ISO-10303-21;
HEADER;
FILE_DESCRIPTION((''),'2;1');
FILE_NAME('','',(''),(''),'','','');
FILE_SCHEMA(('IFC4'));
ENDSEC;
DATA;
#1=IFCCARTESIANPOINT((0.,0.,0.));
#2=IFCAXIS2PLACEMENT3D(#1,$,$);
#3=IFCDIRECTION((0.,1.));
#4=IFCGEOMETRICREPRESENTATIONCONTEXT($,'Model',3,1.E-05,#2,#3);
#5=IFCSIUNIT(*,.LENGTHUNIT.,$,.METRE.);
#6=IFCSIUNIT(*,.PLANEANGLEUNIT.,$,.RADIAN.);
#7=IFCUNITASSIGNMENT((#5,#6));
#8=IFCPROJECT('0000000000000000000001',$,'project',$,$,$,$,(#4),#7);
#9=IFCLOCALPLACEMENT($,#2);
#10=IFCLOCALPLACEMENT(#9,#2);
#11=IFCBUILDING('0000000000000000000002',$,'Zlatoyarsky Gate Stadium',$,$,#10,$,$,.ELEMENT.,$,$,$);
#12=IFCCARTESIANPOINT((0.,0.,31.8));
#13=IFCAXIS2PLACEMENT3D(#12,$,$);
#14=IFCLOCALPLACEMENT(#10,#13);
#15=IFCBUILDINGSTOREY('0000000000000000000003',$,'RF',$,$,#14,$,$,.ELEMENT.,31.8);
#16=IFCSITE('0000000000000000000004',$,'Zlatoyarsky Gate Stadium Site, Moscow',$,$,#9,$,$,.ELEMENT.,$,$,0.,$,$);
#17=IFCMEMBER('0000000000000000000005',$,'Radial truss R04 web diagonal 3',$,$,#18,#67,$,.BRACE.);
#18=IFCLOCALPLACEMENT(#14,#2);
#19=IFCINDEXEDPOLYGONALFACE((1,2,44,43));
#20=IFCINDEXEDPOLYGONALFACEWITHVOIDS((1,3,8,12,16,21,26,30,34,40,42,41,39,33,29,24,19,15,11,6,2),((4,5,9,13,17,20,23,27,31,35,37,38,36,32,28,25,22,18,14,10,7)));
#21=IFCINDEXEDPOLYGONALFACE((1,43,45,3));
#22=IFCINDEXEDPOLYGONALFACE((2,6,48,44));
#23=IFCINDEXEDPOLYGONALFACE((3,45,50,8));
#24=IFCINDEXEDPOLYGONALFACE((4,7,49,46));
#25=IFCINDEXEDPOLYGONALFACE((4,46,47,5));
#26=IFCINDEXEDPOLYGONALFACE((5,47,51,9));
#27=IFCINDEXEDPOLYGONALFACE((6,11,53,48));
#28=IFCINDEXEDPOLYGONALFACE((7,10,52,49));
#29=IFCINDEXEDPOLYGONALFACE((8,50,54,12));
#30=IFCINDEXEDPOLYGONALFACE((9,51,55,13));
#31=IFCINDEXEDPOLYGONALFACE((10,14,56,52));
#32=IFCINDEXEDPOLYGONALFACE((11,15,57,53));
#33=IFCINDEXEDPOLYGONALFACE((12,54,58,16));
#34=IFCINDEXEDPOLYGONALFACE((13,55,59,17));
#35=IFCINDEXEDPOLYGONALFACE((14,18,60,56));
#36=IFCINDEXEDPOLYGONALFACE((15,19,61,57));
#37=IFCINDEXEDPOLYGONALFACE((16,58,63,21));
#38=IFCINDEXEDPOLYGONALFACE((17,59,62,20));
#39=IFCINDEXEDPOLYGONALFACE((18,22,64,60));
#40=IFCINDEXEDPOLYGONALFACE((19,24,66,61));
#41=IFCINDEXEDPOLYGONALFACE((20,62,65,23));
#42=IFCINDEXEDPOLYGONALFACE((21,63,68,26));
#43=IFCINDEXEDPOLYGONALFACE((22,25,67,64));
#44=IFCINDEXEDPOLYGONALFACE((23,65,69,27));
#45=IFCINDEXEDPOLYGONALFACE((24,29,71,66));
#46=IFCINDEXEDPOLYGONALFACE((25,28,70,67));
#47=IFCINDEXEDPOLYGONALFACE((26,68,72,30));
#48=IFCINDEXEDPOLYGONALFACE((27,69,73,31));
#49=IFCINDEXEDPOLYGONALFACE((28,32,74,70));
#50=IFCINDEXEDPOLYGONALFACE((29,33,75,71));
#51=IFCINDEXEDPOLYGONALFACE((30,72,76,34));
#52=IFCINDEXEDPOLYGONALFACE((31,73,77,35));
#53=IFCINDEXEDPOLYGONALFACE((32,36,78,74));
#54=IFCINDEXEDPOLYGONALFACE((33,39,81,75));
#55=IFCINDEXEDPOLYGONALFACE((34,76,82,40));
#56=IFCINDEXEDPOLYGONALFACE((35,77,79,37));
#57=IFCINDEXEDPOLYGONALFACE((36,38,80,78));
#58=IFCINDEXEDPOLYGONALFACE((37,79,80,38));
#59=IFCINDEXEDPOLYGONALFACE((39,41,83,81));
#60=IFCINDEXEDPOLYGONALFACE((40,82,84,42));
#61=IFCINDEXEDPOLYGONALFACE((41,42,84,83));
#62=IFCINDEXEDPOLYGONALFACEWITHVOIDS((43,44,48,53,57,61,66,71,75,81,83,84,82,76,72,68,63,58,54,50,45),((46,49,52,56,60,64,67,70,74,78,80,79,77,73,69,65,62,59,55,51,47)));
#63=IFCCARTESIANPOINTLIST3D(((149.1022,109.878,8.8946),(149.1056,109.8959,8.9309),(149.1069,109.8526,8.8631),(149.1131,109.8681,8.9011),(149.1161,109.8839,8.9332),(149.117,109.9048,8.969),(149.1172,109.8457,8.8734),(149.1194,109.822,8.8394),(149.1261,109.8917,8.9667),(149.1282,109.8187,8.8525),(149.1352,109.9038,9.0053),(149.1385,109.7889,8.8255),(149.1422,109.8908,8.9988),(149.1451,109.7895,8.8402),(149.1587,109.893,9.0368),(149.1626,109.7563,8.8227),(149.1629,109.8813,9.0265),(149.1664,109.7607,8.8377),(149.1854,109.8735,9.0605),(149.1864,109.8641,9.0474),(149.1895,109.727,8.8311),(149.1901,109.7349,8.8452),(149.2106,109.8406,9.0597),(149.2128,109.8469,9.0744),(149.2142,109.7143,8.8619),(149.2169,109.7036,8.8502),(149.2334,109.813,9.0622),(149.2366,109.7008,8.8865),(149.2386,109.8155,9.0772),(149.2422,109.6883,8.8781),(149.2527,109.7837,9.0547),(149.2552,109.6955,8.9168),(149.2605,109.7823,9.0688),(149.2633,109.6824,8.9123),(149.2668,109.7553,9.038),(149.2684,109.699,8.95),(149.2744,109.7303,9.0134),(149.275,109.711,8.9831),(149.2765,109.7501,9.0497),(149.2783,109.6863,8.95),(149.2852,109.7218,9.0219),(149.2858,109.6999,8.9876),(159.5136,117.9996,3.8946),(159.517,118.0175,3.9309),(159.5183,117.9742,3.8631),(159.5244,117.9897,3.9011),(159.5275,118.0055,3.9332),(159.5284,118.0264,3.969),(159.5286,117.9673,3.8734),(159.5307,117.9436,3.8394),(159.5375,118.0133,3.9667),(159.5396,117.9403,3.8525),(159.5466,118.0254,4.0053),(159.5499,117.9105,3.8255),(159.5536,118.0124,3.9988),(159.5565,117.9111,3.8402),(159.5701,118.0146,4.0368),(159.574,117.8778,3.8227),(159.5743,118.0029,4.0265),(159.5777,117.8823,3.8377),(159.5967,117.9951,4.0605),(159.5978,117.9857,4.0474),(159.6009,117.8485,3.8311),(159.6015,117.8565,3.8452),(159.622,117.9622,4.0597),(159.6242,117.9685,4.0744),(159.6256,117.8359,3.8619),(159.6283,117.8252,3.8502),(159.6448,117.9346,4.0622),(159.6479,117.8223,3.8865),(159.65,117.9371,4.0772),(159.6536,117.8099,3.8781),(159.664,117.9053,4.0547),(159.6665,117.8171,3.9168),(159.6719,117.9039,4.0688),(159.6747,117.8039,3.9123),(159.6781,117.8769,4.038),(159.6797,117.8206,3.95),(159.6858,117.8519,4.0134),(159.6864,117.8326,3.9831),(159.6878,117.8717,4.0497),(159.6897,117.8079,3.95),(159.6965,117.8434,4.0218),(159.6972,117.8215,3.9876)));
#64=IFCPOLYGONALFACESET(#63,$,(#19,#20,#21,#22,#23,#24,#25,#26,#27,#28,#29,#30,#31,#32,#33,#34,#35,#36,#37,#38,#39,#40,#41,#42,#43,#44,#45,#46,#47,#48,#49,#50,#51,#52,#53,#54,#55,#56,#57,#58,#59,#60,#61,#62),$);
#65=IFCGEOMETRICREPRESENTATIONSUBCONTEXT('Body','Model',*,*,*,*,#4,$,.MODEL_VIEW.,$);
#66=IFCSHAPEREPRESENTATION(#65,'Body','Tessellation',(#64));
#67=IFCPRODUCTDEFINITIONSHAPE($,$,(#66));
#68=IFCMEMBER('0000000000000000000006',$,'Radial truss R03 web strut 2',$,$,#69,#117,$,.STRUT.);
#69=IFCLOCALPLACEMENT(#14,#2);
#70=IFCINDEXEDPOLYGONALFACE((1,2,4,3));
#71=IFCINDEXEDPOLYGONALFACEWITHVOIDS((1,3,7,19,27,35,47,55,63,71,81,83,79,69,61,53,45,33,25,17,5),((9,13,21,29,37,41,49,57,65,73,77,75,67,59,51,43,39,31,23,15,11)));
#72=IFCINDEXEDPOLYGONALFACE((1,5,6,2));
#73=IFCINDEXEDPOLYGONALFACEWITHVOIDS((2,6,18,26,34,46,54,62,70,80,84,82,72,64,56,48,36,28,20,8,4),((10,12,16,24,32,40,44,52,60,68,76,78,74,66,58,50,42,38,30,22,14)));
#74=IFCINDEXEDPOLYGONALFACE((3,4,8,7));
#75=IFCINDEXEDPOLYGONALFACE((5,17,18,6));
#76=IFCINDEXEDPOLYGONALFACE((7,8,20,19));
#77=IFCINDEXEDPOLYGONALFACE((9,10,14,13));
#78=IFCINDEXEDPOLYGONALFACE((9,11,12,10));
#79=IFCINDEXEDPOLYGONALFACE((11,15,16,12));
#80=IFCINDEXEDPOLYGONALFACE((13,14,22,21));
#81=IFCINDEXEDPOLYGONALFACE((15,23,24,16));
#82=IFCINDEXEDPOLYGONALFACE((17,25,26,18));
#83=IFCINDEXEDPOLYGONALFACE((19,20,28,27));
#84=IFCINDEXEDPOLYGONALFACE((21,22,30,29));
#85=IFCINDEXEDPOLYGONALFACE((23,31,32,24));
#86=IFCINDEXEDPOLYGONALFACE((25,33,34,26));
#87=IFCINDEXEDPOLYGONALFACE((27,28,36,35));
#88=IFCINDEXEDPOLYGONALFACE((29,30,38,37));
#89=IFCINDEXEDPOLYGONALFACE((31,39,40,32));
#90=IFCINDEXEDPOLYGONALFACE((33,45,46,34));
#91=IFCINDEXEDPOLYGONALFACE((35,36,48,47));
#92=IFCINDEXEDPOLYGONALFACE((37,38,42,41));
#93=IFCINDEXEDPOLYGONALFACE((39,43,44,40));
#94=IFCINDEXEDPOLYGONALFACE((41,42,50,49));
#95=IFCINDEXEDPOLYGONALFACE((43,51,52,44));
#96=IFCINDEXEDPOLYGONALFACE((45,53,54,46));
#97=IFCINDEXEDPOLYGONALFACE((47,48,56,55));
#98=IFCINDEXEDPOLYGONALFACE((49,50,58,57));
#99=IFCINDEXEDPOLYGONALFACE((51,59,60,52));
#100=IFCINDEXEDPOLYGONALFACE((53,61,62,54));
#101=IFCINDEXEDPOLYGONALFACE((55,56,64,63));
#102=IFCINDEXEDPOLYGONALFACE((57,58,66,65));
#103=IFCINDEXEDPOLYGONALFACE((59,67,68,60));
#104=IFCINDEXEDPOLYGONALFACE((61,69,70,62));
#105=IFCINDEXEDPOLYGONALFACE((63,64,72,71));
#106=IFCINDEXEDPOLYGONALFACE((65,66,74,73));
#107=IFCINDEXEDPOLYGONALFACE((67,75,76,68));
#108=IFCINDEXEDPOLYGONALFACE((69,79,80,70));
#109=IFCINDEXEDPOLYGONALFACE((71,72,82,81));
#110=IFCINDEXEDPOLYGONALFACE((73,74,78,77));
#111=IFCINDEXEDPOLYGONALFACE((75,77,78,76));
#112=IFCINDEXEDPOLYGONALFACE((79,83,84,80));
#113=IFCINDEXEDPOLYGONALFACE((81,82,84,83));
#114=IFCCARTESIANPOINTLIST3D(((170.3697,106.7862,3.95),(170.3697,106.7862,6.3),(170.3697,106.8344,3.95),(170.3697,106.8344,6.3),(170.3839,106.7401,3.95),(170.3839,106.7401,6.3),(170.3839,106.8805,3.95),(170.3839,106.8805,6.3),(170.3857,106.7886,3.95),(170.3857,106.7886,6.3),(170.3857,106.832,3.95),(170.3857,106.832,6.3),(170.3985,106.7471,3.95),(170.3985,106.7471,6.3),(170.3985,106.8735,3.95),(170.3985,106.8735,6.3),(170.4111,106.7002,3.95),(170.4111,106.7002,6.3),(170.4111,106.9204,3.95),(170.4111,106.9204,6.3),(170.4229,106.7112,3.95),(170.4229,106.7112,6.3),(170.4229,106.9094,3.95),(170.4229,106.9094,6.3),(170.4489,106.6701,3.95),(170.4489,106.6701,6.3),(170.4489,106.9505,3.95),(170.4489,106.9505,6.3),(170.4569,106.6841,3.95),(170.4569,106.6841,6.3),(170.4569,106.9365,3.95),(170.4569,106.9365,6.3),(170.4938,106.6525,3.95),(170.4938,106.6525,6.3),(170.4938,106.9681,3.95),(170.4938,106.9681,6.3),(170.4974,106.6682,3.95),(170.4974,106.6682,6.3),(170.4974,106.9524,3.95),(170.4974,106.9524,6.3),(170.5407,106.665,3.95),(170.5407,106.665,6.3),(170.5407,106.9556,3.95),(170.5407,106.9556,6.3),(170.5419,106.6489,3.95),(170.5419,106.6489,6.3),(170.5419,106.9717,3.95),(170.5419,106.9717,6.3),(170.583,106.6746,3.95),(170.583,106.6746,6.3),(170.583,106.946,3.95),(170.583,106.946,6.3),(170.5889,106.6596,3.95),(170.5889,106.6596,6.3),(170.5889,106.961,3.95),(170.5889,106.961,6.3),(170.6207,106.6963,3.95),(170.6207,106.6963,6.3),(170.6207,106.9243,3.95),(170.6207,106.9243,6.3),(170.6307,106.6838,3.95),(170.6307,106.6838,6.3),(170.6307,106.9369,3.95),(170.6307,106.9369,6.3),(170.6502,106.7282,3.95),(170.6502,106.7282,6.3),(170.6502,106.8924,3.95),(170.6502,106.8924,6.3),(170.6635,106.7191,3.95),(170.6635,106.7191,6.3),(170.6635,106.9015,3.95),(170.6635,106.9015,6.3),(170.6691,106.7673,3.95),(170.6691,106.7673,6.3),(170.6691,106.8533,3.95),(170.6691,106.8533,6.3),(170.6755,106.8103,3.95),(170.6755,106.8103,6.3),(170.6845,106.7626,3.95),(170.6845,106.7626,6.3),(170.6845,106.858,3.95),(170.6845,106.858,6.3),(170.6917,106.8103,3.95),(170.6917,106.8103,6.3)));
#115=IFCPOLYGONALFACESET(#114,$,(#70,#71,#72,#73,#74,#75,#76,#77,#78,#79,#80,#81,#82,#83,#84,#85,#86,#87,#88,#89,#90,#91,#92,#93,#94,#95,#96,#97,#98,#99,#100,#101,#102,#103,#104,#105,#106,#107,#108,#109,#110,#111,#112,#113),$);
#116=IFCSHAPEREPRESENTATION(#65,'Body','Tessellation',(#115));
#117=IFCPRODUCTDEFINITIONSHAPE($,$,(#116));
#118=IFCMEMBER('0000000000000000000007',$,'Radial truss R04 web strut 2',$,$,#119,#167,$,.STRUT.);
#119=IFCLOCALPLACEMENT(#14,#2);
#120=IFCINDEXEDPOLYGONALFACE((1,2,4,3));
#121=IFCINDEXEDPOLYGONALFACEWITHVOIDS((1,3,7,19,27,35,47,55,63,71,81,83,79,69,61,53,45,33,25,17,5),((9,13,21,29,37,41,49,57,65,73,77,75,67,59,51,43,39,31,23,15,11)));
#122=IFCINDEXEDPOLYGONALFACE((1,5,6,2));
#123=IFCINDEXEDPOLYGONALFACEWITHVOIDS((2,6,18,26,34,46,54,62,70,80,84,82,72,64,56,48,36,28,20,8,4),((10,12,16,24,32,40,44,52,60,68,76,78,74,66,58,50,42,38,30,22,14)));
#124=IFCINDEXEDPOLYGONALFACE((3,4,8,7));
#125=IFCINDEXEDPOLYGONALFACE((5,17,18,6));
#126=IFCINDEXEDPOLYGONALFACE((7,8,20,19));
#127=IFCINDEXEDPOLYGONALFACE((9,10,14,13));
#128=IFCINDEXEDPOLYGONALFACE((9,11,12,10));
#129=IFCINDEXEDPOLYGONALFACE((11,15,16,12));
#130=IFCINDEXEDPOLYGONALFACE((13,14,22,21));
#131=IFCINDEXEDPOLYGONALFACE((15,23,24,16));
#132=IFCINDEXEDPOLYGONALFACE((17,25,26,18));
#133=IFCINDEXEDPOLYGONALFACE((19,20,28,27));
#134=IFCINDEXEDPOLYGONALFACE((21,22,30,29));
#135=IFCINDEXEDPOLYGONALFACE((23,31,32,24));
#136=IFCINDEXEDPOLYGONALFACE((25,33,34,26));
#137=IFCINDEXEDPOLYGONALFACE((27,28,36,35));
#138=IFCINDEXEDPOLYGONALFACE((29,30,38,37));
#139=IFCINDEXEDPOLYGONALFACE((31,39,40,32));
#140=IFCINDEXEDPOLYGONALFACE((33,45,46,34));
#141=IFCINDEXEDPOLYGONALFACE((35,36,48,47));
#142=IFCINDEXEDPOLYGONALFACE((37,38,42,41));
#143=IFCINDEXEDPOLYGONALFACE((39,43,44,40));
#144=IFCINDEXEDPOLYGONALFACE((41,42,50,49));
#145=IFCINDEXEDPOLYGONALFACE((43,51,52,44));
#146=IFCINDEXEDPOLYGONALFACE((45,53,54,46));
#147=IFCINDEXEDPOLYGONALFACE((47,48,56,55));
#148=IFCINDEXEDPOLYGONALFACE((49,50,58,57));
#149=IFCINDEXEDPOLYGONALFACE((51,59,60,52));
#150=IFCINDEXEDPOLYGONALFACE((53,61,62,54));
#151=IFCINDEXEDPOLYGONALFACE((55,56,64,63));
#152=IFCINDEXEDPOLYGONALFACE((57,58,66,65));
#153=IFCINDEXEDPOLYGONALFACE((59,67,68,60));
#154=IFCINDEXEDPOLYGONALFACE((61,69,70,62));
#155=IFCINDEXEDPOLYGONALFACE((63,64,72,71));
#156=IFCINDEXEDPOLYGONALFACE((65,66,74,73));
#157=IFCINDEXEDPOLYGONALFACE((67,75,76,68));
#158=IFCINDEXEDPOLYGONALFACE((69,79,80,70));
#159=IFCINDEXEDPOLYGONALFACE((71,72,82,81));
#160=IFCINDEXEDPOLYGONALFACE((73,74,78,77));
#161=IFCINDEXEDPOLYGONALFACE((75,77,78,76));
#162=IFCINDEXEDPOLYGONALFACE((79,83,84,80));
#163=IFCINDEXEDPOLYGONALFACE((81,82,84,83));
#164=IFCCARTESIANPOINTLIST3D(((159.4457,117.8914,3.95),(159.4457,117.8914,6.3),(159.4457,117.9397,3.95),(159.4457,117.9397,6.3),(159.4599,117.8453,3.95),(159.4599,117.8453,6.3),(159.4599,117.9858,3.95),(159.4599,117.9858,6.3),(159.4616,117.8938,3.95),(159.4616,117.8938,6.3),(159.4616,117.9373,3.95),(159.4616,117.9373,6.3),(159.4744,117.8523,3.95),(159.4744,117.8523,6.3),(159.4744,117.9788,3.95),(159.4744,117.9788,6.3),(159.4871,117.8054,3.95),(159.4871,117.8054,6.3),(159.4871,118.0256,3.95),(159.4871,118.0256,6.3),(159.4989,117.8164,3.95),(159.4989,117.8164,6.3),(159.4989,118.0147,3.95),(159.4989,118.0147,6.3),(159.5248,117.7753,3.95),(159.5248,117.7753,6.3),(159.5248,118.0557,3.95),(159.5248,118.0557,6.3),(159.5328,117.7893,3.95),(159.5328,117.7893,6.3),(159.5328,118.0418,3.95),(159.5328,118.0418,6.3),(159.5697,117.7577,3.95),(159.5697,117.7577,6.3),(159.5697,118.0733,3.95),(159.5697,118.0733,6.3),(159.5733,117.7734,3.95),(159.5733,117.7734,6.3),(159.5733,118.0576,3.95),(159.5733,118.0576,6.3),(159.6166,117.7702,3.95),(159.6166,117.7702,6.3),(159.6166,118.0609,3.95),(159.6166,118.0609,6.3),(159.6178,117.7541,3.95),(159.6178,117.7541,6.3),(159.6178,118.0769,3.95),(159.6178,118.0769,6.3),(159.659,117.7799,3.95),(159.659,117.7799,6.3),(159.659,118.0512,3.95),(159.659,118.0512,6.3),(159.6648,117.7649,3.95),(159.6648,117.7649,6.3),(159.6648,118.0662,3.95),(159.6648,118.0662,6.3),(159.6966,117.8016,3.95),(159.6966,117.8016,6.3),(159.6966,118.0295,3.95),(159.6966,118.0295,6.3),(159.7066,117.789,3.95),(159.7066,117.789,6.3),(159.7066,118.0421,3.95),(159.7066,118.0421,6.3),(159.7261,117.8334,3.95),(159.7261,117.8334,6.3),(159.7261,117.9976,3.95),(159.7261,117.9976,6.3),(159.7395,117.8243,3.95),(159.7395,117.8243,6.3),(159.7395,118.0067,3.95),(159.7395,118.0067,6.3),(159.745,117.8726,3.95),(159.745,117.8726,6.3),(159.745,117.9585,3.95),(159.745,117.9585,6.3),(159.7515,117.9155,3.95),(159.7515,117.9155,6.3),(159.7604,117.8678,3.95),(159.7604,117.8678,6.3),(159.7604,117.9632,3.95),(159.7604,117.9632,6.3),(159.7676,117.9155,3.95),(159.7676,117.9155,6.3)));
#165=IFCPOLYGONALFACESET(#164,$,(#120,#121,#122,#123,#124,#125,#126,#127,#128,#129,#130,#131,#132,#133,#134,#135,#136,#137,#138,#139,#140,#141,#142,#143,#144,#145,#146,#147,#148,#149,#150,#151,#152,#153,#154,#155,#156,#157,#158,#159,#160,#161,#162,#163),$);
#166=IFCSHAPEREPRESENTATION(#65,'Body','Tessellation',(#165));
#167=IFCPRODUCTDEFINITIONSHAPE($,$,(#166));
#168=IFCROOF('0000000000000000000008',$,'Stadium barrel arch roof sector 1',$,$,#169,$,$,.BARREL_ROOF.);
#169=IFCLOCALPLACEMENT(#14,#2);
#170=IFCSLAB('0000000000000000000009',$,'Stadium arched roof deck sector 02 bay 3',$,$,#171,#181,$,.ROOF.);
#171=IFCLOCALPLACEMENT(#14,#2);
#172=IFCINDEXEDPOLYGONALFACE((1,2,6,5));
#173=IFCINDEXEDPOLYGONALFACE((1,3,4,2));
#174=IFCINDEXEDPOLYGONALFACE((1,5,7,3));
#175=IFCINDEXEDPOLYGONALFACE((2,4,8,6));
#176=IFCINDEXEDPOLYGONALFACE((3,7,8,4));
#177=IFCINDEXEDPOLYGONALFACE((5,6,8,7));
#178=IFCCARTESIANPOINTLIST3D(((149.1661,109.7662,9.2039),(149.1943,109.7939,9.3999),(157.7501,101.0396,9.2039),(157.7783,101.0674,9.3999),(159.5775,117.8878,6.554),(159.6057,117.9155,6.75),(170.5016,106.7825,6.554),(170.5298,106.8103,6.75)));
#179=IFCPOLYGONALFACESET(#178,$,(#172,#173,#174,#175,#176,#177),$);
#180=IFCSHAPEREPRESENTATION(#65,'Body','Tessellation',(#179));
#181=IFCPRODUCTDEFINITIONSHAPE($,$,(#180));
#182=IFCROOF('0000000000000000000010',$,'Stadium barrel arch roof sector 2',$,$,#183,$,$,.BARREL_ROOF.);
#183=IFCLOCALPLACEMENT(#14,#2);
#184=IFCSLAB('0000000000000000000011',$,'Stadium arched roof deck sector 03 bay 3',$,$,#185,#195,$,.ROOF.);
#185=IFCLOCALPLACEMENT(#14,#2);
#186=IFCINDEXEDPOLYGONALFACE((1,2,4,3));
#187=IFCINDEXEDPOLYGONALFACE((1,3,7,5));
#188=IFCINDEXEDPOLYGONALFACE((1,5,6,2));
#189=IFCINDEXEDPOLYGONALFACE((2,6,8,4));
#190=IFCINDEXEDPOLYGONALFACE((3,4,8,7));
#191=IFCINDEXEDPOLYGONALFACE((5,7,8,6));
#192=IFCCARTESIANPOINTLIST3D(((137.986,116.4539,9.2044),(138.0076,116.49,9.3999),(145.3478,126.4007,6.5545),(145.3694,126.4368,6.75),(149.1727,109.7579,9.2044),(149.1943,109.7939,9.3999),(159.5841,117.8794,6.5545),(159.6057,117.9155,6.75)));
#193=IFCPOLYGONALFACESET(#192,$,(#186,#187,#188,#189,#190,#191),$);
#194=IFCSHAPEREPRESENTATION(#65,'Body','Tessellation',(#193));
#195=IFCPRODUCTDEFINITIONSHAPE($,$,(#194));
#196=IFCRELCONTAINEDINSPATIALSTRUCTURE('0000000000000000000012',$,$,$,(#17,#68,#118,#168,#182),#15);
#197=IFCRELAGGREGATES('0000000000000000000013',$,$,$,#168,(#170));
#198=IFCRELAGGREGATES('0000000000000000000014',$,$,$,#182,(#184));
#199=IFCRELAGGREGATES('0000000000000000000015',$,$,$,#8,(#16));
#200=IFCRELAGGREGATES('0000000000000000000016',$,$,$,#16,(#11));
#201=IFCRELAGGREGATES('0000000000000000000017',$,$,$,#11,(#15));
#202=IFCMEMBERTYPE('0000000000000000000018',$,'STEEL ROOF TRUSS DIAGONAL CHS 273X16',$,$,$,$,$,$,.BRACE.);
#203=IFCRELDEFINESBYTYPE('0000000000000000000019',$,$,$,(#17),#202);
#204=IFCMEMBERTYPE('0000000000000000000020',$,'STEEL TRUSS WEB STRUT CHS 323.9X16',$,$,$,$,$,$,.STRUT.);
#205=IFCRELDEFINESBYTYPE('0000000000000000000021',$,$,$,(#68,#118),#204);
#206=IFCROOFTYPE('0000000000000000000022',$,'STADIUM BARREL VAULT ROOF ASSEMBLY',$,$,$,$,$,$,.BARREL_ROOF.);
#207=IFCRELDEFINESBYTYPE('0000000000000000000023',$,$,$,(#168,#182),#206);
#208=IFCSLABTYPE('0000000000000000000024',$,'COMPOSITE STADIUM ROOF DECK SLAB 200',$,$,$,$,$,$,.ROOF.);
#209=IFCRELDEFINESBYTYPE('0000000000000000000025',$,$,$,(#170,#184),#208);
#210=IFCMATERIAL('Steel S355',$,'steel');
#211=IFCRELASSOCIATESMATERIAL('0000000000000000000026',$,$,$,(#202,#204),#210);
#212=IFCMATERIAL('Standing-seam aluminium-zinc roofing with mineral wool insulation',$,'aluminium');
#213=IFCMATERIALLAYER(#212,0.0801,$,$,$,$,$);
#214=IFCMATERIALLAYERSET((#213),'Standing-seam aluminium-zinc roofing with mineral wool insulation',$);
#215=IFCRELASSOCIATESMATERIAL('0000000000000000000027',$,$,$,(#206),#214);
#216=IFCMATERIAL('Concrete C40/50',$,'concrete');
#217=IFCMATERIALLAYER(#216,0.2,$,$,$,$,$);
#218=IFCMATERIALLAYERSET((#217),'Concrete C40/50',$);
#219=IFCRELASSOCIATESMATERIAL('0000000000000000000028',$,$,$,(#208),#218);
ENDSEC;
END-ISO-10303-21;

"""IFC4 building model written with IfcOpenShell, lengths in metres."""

from ifc_helpers import new_model, si_unit, direction, frame, origin, origin_2d, place, context, subcontext, project, spatial, polyline, hollow_circle, outline, extrude, material, layer, layer_set, material_profile, profile_set, type_object, element, aggregate, save


model = new_model("IFC4")

# Units and contexts
model_context = context("Model", 3, precision=1e-05, world=origin(), true_north=direction((0.0, 1.0)))
body_context = subcontext(model_context, "Body", "Model", "MODEL_VIEW")
ifc_project = project(units=[si_unit("LENGTHUNIT", "METRE"), si_unit("PLANEANGLEUNIT", "RADIAN")], contexts=[model_context])

# Site, building, storey
site_placement = place(None, origin())
site = spatial("IfcSite", under=ifc_project, at=site_placement, Name="Zlatoyarsky Gate Stadium Site, Moscow", CompositionType="ELEMENT", RefElevation=0.0)
building_placement = place(site_placement, origin())
building = spatial("IfcBuilding", under=site, at=building_placement, Name="Zlatoyarsky Gate Stadium", CompositionType="ELEMENT")
storey_placement = place(building_placement, frame((0.0, 0.0, 31.8)))
storey = spatial("IfcBuildingStorey", under=building, at=storey_placement, Name="RF", CompositionType="ELEMENT", Elevation=31.8)

# Shared definitions
ifc_material_1 = material(Name="Steel S355", Category="steel")

# Members
ifc_material_profile_1 = material_profile(ifc_material_1, hollow_circle(Radius=0.1365, WallThickness=0.0161, at=origin_2d()), Name="CHS 273X16")
ifc_profile_set_1 = profile_set([ifc_material_profile_1], Name="Steel S355")
member_type_1 = type_object("IfcMemberType", Name="STEEL ROOF TRUSS DIAGONAL CHS 273X16", PredefinedType="BRACE", material=ifc_profile_set_1)
member_1_placement = place(storey_placement, frame((159.6057, 117.9155, 3.95), z_axis=(-0.737382, -0.575208, 0.354123), x_axis=(0.615065, -0.788476, 0.0)))
element("IfcMember", 1, at=member_1_placement, inside=storey, type_object=member_type_1, Name="Radial truss R04 web diagonal 3", PredefinedType="BRACE", context=body_context, shape_type="SweptSolid", body=[
    extrude(hollow_circle(Radius=0.1365, WallThickness=0.0161, at=origin_2d()), origin(), (0.0, 0.0, 1.0), 14.1194),
])
ifc_material_profile_2 = material_profile(ifc_material_1, hollow_circle(Radius=0.1619, WallThickness=0.0161, at=origin_2d()), Name="CHS 323.9X16")
ifc_profile_set_2 = profile_set([ifc_material_profile_2], Name="Steel S355")
member_type_2 = type_object("IfcMemberType", Name="STEEL TRUSS WEB STRUT CHS 323.9X16", PredefinedType="STRUT", material=ifc_profile_set_2)
for number, where, z_axis, x_axis, name in (
    (2, (170.5298, 106.8103, 3.95), (0.0, 0.0, 1.0), (1.0, 0.0, 0.0), "Radial truss R03 web strut 2"),
    (3, (159.6057, 117.9155, 3.95), (0.0, 0.0, 1.0), (1.0, 0.0, 0.0), "Radial truss R04 web strut 2"),
):
    element("IfcMember", number, at=place(storey_placement, frame(where, z_axis=z_axis, x_axis=x_axis)), inside=storey, type_object=member_type_2, Name=name, PredefinedType="STRUT", context=body_context, shape_type="SweptSolid", body=[
        extrude(hollow_circle(Radius=0.1619, WallThickness=0.0161, at=origin_2d()), origin(), (0.0, 0.0, 1.0), 2.3501),
    ])

# Roofs, slabs
ifc_material_2 = material(Name="Standing-seam aluminium-zinc roofing with mineral wool insulation", Category="aluminium")
ifc_layer_1 = layer(ifc_material_2, 0.0801)
ifc_layer_set_1 = layer_set([ifc_layer_1], Name="Standing-seam aluminium-zinc roofing with mineral wool insulation")
roof_type = type_object("IfcRoofType", Name="STADIUM BARREL VAULT ROOF ASSEMBLY", PredefinedType="BARREL_ROOF", material=ifc_layer_set_1)
roof_1_placement = place(storey_placement, origin())
roof_1 = element("IfcRoof", 4, at=roof_1_placement, inside=storey, type_object=roof_type, Name="Stadium barrel arch roof sector 1", PredefinedType="BARREL_ROOF")
ifc_material_3 = material(Name="Concrete C40/50", Category="concrete")
ifc_layer_2 = layer(ifc_material_3, 0.2)
ifc_layer_set_2 = layer_set([ifc_layer_2], Name="Concrete C40/50")
slab_type = type_object("IfcSlabType", Name="COMPOSITE STADIUM ROOF DECK SLAB 200", PredefinedType="ROOF", material=ifc_layer_set_2)
slab_1_placement = place(storey_placement, frame((170.5298, 106.8103, 6.75), z_axis=(0.141161, 0.138857, 0.9802), x_axis=(-0.701268, 0.712898, 0.000001)))
slab_1 = element("IfcSlab", 5, at=slab_1_placement, type_object=slab_type, Name="Stadium arched roof deck sector 02 bay 3", PredefinedType="ROOF", context=body_context, shape_type="SweptSolid", body=[
    extrude(outline(polyline([(0.0, 0.0), (15.5776, 0.0), (17.0889, 13.3826), (4.8481, 13.3828), (0.0, 0.0)])), origin(), (0.0, 0.0, -1.0), 0.2),
])
roof_2_placement = place(storey_placement, origin())
roof_2 = element("IfcRoof", 6, at=roof_2_placement, inside=storey, type_object=roof_type, Name="Stadium barrel arch roof sector 2", PredefinedType="BARREL_ROOF")
slab_2_placement = place(storey_placement, frame((159.6057, 117.9155, 6.75), z_axis=(0.108033, 0.180488, 0.977626), x_axis=(-0.858039, 0.513585, 0.000001)))
slab_2 = element("IfcSlab", 7, at=slab_2_placement, type_object=slab_type, Name="Stadium arched roof deck sector 03 bay 3", PredefinedType="ROOF", context=body_context, shape_type="SweptSolid", body=[
    extrude(outline(polyline([(0.0, 0.0), (16.5917, 0.0), (17.7999, 12.5975), (4.7622, 12.5976), (0.0, 0.0)])), origin(), (0.0, 0.0, -1.0), 0.2),
])

aggregate(roof_1, [slab_1])
aggregate(roof_2, [slab_2])

save(model, "model.ifc")
